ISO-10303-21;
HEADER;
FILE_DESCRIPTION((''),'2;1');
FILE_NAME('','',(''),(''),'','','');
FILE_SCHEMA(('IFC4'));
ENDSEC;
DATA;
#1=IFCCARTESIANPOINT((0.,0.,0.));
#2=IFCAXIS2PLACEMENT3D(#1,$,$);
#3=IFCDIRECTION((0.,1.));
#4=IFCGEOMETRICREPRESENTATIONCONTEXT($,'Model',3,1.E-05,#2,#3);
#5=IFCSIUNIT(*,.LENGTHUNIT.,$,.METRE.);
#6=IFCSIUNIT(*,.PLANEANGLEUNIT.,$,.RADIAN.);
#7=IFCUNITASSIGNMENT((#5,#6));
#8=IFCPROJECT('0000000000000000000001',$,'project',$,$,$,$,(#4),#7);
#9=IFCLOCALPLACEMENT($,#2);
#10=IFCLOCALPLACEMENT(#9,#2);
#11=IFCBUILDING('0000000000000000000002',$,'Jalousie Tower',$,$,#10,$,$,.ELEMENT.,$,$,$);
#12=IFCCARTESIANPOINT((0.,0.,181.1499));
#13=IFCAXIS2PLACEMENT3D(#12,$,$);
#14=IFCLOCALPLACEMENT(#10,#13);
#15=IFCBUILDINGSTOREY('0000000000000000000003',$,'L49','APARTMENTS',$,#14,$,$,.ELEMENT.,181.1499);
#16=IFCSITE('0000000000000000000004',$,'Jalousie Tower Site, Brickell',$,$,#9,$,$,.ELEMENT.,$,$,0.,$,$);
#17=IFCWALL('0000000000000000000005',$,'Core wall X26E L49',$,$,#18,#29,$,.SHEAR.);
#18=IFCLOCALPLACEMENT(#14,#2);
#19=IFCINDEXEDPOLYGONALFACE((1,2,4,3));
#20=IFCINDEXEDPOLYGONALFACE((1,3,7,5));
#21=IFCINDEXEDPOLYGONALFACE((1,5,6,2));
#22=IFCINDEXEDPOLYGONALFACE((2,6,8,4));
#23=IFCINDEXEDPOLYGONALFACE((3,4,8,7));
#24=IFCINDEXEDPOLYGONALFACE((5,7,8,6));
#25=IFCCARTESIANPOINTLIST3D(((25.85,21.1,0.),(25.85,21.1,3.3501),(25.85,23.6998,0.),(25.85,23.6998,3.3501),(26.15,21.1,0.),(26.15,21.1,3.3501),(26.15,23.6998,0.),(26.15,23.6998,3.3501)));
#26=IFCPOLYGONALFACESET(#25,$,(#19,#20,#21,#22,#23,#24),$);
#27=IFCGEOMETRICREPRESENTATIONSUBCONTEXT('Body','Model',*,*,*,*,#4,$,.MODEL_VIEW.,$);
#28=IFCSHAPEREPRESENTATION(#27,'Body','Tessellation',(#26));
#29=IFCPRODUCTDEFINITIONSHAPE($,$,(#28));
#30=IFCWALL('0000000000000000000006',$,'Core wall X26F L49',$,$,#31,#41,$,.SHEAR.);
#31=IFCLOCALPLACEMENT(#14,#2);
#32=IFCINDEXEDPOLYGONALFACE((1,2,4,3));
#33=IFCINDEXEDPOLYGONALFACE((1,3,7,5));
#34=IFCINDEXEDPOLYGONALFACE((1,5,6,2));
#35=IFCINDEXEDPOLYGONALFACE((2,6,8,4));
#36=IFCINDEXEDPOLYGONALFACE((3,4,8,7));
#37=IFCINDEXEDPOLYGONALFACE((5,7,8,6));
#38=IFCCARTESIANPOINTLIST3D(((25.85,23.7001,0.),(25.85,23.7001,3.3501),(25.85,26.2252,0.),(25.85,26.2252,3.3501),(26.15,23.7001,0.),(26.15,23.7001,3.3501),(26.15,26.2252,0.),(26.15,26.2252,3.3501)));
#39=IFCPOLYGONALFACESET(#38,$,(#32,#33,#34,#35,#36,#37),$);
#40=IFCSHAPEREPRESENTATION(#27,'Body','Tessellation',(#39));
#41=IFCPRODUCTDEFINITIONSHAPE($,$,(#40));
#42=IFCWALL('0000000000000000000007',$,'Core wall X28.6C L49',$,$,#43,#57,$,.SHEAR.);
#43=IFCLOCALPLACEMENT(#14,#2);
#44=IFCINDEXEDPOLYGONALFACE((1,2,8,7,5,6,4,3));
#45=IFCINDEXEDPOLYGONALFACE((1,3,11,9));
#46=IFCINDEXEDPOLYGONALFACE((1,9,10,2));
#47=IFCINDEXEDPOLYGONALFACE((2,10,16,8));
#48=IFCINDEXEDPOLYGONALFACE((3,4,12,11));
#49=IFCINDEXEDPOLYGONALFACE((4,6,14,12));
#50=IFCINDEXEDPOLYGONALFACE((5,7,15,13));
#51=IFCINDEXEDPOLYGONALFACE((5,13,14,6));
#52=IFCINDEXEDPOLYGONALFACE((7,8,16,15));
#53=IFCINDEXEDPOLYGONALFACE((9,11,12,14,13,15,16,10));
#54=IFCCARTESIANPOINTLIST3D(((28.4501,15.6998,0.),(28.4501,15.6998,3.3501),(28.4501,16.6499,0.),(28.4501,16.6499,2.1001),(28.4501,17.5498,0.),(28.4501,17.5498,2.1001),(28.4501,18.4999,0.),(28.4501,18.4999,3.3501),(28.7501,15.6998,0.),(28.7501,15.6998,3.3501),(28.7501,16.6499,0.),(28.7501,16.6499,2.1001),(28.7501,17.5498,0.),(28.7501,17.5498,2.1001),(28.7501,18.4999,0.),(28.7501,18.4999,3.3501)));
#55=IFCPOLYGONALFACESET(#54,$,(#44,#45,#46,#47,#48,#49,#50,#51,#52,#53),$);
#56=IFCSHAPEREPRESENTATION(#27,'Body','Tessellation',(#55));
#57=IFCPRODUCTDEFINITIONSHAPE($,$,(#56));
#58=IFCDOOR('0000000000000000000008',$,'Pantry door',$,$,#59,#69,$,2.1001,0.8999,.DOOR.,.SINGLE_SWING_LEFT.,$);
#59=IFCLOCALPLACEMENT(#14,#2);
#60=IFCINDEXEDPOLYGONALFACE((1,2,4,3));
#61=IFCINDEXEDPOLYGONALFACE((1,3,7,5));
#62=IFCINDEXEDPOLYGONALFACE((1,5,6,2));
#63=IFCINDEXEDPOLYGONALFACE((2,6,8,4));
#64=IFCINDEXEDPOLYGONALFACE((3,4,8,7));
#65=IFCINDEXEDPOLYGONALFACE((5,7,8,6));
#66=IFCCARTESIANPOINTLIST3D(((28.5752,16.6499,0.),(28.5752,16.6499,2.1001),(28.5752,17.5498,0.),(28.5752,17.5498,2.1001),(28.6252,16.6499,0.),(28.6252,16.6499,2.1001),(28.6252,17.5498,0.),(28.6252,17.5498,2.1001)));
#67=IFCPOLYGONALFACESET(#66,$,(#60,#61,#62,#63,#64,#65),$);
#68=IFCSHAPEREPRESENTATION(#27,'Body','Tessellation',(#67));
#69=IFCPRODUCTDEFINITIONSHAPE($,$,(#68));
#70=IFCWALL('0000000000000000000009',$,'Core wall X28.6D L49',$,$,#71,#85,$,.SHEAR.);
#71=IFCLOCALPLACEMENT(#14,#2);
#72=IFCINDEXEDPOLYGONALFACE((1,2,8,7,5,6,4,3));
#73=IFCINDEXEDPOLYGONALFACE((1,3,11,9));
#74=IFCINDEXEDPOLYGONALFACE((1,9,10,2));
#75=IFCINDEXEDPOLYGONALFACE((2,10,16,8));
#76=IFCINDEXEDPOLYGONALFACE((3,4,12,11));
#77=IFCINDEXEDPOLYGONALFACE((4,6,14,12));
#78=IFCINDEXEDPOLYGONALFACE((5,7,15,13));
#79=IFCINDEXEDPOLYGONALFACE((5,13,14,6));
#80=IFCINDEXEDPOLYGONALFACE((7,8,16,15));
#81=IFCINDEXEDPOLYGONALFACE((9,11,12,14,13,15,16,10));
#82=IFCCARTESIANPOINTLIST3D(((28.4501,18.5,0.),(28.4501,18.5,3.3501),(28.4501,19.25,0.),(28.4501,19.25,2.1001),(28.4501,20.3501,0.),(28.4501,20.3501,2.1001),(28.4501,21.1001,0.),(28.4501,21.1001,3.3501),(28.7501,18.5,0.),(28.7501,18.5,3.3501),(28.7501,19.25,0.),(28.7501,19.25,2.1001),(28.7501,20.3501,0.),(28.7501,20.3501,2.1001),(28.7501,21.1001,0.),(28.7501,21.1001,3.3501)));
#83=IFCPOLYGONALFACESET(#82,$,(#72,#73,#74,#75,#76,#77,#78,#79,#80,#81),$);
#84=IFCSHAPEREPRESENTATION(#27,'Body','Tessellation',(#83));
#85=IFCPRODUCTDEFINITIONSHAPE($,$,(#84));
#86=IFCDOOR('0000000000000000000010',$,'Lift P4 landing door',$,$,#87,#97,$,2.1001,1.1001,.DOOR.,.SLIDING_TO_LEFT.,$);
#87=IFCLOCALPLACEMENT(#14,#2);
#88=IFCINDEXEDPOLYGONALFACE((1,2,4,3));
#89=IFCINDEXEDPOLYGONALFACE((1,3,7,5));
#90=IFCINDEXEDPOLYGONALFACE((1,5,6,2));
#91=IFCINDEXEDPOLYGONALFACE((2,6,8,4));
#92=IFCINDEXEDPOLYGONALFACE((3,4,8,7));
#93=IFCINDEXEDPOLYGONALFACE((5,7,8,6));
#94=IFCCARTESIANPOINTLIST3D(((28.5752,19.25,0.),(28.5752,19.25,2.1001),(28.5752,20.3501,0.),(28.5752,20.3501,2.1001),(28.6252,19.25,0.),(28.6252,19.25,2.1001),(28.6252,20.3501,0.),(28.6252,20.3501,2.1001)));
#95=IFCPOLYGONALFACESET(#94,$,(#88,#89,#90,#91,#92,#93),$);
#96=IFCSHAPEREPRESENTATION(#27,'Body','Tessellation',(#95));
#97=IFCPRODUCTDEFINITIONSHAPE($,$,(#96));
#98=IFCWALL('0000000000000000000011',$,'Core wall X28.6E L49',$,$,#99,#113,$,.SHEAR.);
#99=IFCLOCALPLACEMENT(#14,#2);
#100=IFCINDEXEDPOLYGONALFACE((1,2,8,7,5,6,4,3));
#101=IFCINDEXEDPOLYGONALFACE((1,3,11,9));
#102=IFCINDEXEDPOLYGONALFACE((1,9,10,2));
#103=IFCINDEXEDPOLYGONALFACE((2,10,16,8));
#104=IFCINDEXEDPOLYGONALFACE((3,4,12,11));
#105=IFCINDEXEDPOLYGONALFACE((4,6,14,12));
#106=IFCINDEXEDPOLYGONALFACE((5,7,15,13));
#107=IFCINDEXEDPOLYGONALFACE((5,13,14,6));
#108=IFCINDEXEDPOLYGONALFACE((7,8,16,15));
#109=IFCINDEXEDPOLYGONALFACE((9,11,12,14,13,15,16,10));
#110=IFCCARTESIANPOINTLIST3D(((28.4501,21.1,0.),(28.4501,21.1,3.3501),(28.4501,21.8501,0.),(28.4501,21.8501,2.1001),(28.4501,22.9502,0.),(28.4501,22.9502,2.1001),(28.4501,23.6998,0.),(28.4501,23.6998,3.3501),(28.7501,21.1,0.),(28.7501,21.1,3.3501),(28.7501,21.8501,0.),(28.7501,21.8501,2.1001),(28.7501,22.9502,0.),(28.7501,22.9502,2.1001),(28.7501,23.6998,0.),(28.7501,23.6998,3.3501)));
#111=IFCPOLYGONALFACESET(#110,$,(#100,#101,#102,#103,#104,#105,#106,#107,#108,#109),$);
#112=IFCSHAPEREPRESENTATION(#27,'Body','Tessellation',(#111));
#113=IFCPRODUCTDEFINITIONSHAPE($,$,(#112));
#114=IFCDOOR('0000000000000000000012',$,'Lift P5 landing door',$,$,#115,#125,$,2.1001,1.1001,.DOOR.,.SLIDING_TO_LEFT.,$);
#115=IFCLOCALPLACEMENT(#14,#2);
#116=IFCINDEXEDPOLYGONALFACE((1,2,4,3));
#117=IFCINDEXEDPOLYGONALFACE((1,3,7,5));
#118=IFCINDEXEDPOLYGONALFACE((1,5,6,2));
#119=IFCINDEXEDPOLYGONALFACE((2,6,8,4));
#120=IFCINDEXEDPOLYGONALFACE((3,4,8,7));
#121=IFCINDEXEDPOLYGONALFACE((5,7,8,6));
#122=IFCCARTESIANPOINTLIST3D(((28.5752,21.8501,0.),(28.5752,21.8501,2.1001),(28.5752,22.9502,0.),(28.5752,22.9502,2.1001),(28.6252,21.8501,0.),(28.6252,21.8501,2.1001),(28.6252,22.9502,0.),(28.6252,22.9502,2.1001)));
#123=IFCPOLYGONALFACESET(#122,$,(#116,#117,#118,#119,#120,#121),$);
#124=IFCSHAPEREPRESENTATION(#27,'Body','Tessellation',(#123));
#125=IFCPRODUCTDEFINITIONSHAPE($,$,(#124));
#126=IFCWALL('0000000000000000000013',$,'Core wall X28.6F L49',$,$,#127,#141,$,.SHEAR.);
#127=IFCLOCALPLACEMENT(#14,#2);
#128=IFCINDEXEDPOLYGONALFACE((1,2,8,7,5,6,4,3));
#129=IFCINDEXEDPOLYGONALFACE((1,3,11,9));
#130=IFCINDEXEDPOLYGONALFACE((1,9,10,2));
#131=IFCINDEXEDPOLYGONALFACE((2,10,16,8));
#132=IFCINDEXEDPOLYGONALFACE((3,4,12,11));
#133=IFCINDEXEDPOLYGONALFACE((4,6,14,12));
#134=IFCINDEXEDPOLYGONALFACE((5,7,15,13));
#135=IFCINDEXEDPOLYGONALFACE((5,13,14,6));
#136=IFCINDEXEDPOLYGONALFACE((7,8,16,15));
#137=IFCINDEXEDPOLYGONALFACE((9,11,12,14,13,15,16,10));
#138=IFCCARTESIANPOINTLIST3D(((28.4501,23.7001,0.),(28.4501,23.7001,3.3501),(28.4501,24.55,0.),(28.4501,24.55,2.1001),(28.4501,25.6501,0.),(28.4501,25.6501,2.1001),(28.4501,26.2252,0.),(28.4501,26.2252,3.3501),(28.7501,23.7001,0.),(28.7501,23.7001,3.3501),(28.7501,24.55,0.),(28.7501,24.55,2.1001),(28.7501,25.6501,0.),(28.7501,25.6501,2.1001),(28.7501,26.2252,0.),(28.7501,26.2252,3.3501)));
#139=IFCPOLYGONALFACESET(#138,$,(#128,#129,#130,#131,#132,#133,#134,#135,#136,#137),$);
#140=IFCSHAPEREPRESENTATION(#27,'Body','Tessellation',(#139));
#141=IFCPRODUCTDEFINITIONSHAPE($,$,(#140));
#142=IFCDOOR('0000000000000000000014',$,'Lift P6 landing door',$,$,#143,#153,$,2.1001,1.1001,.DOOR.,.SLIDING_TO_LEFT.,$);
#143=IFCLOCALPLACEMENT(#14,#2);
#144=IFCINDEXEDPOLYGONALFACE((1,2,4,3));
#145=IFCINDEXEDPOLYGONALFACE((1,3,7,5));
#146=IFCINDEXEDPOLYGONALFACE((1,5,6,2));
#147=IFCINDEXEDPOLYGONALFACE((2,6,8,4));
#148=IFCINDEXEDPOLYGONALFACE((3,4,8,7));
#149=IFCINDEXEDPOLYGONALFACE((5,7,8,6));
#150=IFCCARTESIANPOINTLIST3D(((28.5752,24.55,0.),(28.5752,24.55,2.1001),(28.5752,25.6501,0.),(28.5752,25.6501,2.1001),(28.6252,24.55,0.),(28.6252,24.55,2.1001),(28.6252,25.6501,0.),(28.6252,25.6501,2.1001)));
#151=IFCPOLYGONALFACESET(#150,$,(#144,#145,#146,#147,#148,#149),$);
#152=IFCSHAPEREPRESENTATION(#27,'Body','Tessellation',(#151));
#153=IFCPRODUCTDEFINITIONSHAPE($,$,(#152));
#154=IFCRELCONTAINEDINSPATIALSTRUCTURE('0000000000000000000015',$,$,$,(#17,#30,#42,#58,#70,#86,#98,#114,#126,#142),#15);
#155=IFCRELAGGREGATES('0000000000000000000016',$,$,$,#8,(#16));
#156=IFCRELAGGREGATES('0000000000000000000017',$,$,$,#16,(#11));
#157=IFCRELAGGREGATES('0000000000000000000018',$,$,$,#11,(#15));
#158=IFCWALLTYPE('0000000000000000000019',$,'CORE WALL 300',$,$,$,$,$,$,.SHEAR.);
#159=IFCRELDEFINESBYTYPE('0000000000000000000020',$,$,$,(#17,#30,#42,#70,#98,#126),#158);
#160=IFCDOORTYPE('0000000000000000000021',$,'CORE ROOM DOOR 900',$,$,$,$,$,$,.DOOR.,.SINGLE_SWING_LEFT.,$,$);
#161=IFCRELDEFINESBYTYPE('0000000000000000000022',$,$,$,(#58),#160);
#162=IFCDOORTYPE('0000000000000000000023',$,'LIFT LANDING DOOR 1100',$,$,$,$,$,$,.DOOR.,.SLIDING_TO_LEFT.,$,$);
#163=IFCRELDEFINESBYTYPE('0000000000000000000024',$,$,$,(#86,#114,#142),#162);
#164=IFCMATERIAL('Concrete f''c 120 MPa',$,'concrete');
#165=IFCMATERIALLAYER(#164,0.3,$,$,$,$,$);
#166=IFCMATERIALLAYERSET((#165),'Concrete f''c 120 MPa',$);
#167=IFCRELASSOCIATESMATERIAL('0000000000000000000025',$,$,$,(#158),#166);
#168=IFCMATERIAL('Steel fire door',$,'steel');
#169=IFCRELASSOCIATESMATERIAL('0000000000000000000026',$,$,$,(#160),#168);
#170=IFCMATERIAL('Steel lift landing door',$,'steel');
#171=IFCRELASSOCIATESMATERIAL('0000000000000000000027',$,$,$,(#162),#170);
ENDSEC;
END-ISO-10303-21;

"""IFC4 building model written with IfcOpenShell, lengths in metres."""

from ifc_helpers import new_model, si_unit, direction, frame, frame_2d, origin, place, context, subcontext, project, spatial, rectangle, extrude, material, layer, layer_set, type_object, element, fill, save


model = new_model("IFC4")

# Units and contexts
model_context = context("Model", 3, precision=1e-05, world=origin(), true_north=direction((0.0, 1.0)))
body_context = subcontext(model_context, "Body", "Model", "MODEL_VIEW")
ifc_project = project(units=[si_unit("LENGTHUNIT", "METRE"), si_unit("PLANEANGLEUNIT", "RADIAN")], contexts=[model_context])

# Site, building, storey
site_placement = place(None, origin())
site = spatial("IfcSite", under=ifc_project, at=site_placement, Name="Jalousie Tower Site, Brickell", CompositionType="ELEMENT", RefElevation=0.0)
building_placement = place(site_placement, origin())
building = spatial("IfcBuilding", under=site, at=building_placement, Name="Jalousie Tower", CompositionType="ELEMENT")
storey_placement = place(building_placement, frame((0.0, 0.0, 181.1499)))
storey = spatial("IfcBuildingStorey", under=building, at=storey_placement, Name="L49", Description="APARTMENTS", CompositionType="ELEMENT", Elevation=181.1499)

# Walls
ifc_material_1 = material(Name="Concrete f'c 120 MPa", Category="concrete")
ifc_layer = layer(ifc_material_1, 0.3)
ifc_layer_set = layer_set([ifc_layer], Name="Concrete f'c 120 MPa")
wall_type = type_object("IfcWallType", Name="CORE WALL 300", PredefinedType="SHEAR", material=ifc_layer_set)
wall_1_placement = place(storey_placement, frame((26.0, 21.1001, 0.0), z_axis=(0.0, 0.0, 1.0), x_axis=(0.0, 1.0, 0.0)))
element("IfcWall", 1, at=wall_1_placement, inside=storey, type_object=wall_type, Name="Core wall X26E L49", PredefinedType="SHEAR", context=body_context, shape_type="SweptSolid", body=[
    extrude(rectangle(XDim=2.5999, YDim=0.3, at=frame_2d((1.2998, 0.0))), origin(), (0.0, 0.0, 1.0), 3.3501),
])
wall_2_placement = place(storey_placement, frame((26.0, 23.7, 0.0), z_axis=(0.0, 0.0, 1.0), x_axis=(0.0, 1.0, 0.0)))
element("IfcWall", 2, at=wall_2_placement, inside=storey, type_object=wall_type, Name="Core wall X26F L49", PredefinedType="SHEAR", context=body_context, shape_type="SweptSolid", body=[
    extrude(rectangle(XDim=2.5251, YDim=0.3, at=frame_2d((1.2627, 0.0))), origin(), (0.0, 0.0, 1.0), 3.3501),
])

# Walls, openings, doors
wall_3_placement = place(storey_placement, frame((28.6001, 15.7, 0.0), z_axis=(0.0, 0.0, 1.0), x_axis=(0.0, 1.0, 0.0)))
wall_3 = element("IfcWall", 3, at=wall_3_placement, inside=storey, type_object=wall_type, Name="Core wall X28.6C L49", PredefinedType="SHEAR", context=body_context, shape_type="SweptSolid", body=[
    extrude(rectangle(XDim=2.8, YDim=0.3, at=frame_2d((1.3999, 0.0))), origin(), (0.0, 0.0, 1.0), 3.3501),
])
opening_1_placement = place(wall_3_placement, frame((0.95, 0.0, 0.0)))
opening_1 = element("IfcOpeningElement", 4, at=opening_1_placement, cuts=wall_3, PredefinedType="OPENING", context=body_context, shape_type="SweptSolid", body=[
    extrude(rectangle(XDim=0.8999, YDim=2.1001, at=frame_2d((0.45, 1.05))), frame((0.0, 0.1599, 0.0), z_axis=(0.0, -1.0, 0.0), x_axis=(1.0, 0.0, 0.0)), (0.0, 0.0, 1.0), 0.3201),
])
ifc_material_2 = material(Name="Steel fire door", Category="steel")
door_type_1 = type_object("IfcDoorType", Name="CORE ROOM DOOR 900", OperationType="SINGLE_SWING_LEFT", PredefinedType="DOOR", material=ifc_material_2)
door_1_placement = place(opening_1_placement, origin())
door_1 = element("IfcDoor", 5, at=door_1_placement, inside=storey, type_object=door_type_1, Name="Pantry door", OperationType="SINGLE_SWING_LEFT", OverallHeight=2.1001, OverallWidth=0.8999, PredefinedType="DOOR", context=body_context, shape_type="SweptSolid", body=[
    extrude(rectangle(XDim=0.8999, YDim=2.1001, at=frame_2d((0.45, 1.05))), frame((0.0, 0.0249, 0.0), z_axis=(0.0, -1.0, 0.0), x_axis=(1.0, 0.0, 0.0)), (0.0, 0.0, 1.0), 0.05),
])
fill(opening_1, door_1)
wall_4_placement = place(storey_placement, frame((28.6001, 18.5, 0.0), z_axis=(0.0, 0.0, 1.0), x_axis=(0.0, 1.0, 0.0)))
wall_4 = element("IfcWall", 6, at=wall_4_placement, inside=storey, type_object=wall_type, Name="Core wall X28.6D L49", PredefinedType="SHEAR", context=body_context, shape_type="SweptSolid", body=[
    extrude(rectangle(XDim=2.6001, YDim=0.3, at=frame_2d((1.3, 0.0))), origin(), (0.0, 0.0, 1.0), 3.3501),
])
opening_2_placement = place(wall_4_placement, frame((0.75, 0.0, 0.0)))
opening_2 = element("IfcOpeningElement", 7, at=opening_2_placement, cuts=wall_4, PredefinedType="OPENING", context=body_context, shape_type="SweptSolid", body=[
    extrude(rectangle(XDim=1.1001, YDim=2.1001, at=frame_2d((0.55, 1.05))), frame((0.0, 0.1599, 0.0), z_axis=(0.0, -1.0, 0.0), x_axis=(1.0, 0.0, 0.0)), (0.0, 0.0, 1.0), 0.3201),
])
ifc_material_3 = material(Name="Steel lift landing door", Category="steel")
door_type_2 = type_object("IfcDoorType", Name="LIFT LANDING DOOR 1100", OperationType="SLIDING_TO_LEFT", PredefinedType="DOOR", material=ifc_material_3)
door_2_placement = place(opening_2_placement, origin())
door_2 = element("IfcDoor", 8, at=door_2_placement, inside=storey, type_object=door_type_2, Name="Lift P4 landing door", OperationType="SLIDING_TO_LEFT", OverallHeight=2.1001, OverallWidth=1.1001, PredefinedType="DOOR", context=body_context, shape_type="SweptSolid", body=[
    extrude(rectangle(XDim=1.1001, YDim=2.1001, at=frame_2d((0.55, 1.05))), frame((0.0, 0.0249, 0.0), z_axis=(0.0, -1.0, 0.0), x_axis=(1.0, 0.0, 0.0)), (0.0, 0.0, 1.0), 0.05),
])
fill(opening_2, door_2)
wall_5_placement = place(storey_placement, frame((28.6001, 21.1001, 0.0), z_axis=(0.0, 0.0, 1.0), x_axis=(0.0, 1.0, 0.0)))
wall_5 = element("IfcWall", 9, at=wall_5_placement, inside=storey, type_object=wall_type, Name="Core wall X28.6E L49", PredefinedType="SHEAR", context=body_context, shape_type="SweptSolid", body=[
    extrude(rectangle(XDim=2.5999, YDim=0.3, at=frame_2d((1.2998, 0.0))), origin(), (0.0, 0.0, 1.0), 3.3501),
])
opening_3_placement = place(wall_5_placement, frame((0.75, 0.0, 0.0)))
opening_3 = element("IfcOpeningElement", 10, at=opening_3_placement, cuts=wall_5, PredefinedType="OPENING", context=body_context, shape_type="SweptSolid", body=[
    extrude(rectangle(XDim=1.1001, YDim=2.1001, at=frame_2d((0.55, 1.05))), frame((0.0, 0.1599, 0.0), z_axis=(0.0, -1.0, 0.0), x_axis=(1.0, 0.0, 0.0)), (0.0, 0.0, 1.0), 0.3201),
])
door_3_placement = place(opening_3_placement, origin())
door_3 = element("IfcDoor", 11, at=door_3_placement, inside=storey, type_object=door_type_2, Name="Lift P5 landing door", OperationType="SLIDING_TO_LEFT", OverallHeight=2.1001, OverallWidth=1.1001, PredefinedType="DOOR", context=body_context, shape_type="SweptSolid", body=[
    extrude(rectangle(XDim=1.1001, YDim=2.1001, at=frame_2d((0.55, 1.05))), frame((0.0, 0.0249, 0.0), z_axis=(0.0, -1.0, 0.0), x_axis=(1.0, 0.0, 0.0)), (0.0, 0.0, 1.0), 0.05),
])
fill(opening_3, door_3)
wall_6_placement = place(storey_placement, frame((28.6001, 23.7, 0.0), z_axis=(0.0, 0.0, 1.0), x_axis=(0.0, 1.0, 0.0)))
wall_6 = element("IfcWall", 12, at=wall_6_placement, inside=storey, type_object=wall_type, Name="Core wall X28.6F L49", PredefinedType="SHEAR", context=body_context, shape_type="SweptSolid", body=[
    extrude(rectangle(XDim=2.5251, YDim=0.3, at=frame_2d((1.2627, 0.0))), origin(), (0.0, 0.0, 1.0), 3.3501),
])
opening_4_placement = place(wall_6_placement, frame((0.8501, 0.0, 0.0)))
opening_4 = element("IfcOpeningElement", 13, at=opening_4_placement, cuts=wall_6, PredefinedType="OPENING", context=body_context, shape_type="SweptSolid", body=[
    extrude(rectangle(XDim=1.1001, YDim=2.1001, at=frame_2d((0.55, 1.05))), frame((0.0, 0.1599, 0.0), z_axis=(0.0, -1.0, 0.0), x_axis=(1.0, 0.0, 0.0)), (0.0, 0.0, 1.0), 0.3201),
])
door_4_placement = place(opening_4_placement, origin())
door_4 = element("IfcDoor", 14, at=door_4_placement, inside=storey, type_object=door_type_2, Name="Lift P6 landing door", OperationType="SLIDING_TO_LEFT", OverallHeight=2.1001, OverallWidth=1.1001, PredefinedType="DOOR", context=body_context, shape_type="SweptSolid", body=[
    extrude(rectangle(XDim=1.1001, YDim=2.1001, at=frame_2d((0.55, 1.05))), frame((0.0, 0.0249, 0.0), z_axis=(0.0, -1.0, 0.0), x_axis=(1.0, 0.0, 0.0)), (0.0, 0.0, 1.0), 0.05),
])
fill(opening_4, door_4)

save(model, "model.ifc")
